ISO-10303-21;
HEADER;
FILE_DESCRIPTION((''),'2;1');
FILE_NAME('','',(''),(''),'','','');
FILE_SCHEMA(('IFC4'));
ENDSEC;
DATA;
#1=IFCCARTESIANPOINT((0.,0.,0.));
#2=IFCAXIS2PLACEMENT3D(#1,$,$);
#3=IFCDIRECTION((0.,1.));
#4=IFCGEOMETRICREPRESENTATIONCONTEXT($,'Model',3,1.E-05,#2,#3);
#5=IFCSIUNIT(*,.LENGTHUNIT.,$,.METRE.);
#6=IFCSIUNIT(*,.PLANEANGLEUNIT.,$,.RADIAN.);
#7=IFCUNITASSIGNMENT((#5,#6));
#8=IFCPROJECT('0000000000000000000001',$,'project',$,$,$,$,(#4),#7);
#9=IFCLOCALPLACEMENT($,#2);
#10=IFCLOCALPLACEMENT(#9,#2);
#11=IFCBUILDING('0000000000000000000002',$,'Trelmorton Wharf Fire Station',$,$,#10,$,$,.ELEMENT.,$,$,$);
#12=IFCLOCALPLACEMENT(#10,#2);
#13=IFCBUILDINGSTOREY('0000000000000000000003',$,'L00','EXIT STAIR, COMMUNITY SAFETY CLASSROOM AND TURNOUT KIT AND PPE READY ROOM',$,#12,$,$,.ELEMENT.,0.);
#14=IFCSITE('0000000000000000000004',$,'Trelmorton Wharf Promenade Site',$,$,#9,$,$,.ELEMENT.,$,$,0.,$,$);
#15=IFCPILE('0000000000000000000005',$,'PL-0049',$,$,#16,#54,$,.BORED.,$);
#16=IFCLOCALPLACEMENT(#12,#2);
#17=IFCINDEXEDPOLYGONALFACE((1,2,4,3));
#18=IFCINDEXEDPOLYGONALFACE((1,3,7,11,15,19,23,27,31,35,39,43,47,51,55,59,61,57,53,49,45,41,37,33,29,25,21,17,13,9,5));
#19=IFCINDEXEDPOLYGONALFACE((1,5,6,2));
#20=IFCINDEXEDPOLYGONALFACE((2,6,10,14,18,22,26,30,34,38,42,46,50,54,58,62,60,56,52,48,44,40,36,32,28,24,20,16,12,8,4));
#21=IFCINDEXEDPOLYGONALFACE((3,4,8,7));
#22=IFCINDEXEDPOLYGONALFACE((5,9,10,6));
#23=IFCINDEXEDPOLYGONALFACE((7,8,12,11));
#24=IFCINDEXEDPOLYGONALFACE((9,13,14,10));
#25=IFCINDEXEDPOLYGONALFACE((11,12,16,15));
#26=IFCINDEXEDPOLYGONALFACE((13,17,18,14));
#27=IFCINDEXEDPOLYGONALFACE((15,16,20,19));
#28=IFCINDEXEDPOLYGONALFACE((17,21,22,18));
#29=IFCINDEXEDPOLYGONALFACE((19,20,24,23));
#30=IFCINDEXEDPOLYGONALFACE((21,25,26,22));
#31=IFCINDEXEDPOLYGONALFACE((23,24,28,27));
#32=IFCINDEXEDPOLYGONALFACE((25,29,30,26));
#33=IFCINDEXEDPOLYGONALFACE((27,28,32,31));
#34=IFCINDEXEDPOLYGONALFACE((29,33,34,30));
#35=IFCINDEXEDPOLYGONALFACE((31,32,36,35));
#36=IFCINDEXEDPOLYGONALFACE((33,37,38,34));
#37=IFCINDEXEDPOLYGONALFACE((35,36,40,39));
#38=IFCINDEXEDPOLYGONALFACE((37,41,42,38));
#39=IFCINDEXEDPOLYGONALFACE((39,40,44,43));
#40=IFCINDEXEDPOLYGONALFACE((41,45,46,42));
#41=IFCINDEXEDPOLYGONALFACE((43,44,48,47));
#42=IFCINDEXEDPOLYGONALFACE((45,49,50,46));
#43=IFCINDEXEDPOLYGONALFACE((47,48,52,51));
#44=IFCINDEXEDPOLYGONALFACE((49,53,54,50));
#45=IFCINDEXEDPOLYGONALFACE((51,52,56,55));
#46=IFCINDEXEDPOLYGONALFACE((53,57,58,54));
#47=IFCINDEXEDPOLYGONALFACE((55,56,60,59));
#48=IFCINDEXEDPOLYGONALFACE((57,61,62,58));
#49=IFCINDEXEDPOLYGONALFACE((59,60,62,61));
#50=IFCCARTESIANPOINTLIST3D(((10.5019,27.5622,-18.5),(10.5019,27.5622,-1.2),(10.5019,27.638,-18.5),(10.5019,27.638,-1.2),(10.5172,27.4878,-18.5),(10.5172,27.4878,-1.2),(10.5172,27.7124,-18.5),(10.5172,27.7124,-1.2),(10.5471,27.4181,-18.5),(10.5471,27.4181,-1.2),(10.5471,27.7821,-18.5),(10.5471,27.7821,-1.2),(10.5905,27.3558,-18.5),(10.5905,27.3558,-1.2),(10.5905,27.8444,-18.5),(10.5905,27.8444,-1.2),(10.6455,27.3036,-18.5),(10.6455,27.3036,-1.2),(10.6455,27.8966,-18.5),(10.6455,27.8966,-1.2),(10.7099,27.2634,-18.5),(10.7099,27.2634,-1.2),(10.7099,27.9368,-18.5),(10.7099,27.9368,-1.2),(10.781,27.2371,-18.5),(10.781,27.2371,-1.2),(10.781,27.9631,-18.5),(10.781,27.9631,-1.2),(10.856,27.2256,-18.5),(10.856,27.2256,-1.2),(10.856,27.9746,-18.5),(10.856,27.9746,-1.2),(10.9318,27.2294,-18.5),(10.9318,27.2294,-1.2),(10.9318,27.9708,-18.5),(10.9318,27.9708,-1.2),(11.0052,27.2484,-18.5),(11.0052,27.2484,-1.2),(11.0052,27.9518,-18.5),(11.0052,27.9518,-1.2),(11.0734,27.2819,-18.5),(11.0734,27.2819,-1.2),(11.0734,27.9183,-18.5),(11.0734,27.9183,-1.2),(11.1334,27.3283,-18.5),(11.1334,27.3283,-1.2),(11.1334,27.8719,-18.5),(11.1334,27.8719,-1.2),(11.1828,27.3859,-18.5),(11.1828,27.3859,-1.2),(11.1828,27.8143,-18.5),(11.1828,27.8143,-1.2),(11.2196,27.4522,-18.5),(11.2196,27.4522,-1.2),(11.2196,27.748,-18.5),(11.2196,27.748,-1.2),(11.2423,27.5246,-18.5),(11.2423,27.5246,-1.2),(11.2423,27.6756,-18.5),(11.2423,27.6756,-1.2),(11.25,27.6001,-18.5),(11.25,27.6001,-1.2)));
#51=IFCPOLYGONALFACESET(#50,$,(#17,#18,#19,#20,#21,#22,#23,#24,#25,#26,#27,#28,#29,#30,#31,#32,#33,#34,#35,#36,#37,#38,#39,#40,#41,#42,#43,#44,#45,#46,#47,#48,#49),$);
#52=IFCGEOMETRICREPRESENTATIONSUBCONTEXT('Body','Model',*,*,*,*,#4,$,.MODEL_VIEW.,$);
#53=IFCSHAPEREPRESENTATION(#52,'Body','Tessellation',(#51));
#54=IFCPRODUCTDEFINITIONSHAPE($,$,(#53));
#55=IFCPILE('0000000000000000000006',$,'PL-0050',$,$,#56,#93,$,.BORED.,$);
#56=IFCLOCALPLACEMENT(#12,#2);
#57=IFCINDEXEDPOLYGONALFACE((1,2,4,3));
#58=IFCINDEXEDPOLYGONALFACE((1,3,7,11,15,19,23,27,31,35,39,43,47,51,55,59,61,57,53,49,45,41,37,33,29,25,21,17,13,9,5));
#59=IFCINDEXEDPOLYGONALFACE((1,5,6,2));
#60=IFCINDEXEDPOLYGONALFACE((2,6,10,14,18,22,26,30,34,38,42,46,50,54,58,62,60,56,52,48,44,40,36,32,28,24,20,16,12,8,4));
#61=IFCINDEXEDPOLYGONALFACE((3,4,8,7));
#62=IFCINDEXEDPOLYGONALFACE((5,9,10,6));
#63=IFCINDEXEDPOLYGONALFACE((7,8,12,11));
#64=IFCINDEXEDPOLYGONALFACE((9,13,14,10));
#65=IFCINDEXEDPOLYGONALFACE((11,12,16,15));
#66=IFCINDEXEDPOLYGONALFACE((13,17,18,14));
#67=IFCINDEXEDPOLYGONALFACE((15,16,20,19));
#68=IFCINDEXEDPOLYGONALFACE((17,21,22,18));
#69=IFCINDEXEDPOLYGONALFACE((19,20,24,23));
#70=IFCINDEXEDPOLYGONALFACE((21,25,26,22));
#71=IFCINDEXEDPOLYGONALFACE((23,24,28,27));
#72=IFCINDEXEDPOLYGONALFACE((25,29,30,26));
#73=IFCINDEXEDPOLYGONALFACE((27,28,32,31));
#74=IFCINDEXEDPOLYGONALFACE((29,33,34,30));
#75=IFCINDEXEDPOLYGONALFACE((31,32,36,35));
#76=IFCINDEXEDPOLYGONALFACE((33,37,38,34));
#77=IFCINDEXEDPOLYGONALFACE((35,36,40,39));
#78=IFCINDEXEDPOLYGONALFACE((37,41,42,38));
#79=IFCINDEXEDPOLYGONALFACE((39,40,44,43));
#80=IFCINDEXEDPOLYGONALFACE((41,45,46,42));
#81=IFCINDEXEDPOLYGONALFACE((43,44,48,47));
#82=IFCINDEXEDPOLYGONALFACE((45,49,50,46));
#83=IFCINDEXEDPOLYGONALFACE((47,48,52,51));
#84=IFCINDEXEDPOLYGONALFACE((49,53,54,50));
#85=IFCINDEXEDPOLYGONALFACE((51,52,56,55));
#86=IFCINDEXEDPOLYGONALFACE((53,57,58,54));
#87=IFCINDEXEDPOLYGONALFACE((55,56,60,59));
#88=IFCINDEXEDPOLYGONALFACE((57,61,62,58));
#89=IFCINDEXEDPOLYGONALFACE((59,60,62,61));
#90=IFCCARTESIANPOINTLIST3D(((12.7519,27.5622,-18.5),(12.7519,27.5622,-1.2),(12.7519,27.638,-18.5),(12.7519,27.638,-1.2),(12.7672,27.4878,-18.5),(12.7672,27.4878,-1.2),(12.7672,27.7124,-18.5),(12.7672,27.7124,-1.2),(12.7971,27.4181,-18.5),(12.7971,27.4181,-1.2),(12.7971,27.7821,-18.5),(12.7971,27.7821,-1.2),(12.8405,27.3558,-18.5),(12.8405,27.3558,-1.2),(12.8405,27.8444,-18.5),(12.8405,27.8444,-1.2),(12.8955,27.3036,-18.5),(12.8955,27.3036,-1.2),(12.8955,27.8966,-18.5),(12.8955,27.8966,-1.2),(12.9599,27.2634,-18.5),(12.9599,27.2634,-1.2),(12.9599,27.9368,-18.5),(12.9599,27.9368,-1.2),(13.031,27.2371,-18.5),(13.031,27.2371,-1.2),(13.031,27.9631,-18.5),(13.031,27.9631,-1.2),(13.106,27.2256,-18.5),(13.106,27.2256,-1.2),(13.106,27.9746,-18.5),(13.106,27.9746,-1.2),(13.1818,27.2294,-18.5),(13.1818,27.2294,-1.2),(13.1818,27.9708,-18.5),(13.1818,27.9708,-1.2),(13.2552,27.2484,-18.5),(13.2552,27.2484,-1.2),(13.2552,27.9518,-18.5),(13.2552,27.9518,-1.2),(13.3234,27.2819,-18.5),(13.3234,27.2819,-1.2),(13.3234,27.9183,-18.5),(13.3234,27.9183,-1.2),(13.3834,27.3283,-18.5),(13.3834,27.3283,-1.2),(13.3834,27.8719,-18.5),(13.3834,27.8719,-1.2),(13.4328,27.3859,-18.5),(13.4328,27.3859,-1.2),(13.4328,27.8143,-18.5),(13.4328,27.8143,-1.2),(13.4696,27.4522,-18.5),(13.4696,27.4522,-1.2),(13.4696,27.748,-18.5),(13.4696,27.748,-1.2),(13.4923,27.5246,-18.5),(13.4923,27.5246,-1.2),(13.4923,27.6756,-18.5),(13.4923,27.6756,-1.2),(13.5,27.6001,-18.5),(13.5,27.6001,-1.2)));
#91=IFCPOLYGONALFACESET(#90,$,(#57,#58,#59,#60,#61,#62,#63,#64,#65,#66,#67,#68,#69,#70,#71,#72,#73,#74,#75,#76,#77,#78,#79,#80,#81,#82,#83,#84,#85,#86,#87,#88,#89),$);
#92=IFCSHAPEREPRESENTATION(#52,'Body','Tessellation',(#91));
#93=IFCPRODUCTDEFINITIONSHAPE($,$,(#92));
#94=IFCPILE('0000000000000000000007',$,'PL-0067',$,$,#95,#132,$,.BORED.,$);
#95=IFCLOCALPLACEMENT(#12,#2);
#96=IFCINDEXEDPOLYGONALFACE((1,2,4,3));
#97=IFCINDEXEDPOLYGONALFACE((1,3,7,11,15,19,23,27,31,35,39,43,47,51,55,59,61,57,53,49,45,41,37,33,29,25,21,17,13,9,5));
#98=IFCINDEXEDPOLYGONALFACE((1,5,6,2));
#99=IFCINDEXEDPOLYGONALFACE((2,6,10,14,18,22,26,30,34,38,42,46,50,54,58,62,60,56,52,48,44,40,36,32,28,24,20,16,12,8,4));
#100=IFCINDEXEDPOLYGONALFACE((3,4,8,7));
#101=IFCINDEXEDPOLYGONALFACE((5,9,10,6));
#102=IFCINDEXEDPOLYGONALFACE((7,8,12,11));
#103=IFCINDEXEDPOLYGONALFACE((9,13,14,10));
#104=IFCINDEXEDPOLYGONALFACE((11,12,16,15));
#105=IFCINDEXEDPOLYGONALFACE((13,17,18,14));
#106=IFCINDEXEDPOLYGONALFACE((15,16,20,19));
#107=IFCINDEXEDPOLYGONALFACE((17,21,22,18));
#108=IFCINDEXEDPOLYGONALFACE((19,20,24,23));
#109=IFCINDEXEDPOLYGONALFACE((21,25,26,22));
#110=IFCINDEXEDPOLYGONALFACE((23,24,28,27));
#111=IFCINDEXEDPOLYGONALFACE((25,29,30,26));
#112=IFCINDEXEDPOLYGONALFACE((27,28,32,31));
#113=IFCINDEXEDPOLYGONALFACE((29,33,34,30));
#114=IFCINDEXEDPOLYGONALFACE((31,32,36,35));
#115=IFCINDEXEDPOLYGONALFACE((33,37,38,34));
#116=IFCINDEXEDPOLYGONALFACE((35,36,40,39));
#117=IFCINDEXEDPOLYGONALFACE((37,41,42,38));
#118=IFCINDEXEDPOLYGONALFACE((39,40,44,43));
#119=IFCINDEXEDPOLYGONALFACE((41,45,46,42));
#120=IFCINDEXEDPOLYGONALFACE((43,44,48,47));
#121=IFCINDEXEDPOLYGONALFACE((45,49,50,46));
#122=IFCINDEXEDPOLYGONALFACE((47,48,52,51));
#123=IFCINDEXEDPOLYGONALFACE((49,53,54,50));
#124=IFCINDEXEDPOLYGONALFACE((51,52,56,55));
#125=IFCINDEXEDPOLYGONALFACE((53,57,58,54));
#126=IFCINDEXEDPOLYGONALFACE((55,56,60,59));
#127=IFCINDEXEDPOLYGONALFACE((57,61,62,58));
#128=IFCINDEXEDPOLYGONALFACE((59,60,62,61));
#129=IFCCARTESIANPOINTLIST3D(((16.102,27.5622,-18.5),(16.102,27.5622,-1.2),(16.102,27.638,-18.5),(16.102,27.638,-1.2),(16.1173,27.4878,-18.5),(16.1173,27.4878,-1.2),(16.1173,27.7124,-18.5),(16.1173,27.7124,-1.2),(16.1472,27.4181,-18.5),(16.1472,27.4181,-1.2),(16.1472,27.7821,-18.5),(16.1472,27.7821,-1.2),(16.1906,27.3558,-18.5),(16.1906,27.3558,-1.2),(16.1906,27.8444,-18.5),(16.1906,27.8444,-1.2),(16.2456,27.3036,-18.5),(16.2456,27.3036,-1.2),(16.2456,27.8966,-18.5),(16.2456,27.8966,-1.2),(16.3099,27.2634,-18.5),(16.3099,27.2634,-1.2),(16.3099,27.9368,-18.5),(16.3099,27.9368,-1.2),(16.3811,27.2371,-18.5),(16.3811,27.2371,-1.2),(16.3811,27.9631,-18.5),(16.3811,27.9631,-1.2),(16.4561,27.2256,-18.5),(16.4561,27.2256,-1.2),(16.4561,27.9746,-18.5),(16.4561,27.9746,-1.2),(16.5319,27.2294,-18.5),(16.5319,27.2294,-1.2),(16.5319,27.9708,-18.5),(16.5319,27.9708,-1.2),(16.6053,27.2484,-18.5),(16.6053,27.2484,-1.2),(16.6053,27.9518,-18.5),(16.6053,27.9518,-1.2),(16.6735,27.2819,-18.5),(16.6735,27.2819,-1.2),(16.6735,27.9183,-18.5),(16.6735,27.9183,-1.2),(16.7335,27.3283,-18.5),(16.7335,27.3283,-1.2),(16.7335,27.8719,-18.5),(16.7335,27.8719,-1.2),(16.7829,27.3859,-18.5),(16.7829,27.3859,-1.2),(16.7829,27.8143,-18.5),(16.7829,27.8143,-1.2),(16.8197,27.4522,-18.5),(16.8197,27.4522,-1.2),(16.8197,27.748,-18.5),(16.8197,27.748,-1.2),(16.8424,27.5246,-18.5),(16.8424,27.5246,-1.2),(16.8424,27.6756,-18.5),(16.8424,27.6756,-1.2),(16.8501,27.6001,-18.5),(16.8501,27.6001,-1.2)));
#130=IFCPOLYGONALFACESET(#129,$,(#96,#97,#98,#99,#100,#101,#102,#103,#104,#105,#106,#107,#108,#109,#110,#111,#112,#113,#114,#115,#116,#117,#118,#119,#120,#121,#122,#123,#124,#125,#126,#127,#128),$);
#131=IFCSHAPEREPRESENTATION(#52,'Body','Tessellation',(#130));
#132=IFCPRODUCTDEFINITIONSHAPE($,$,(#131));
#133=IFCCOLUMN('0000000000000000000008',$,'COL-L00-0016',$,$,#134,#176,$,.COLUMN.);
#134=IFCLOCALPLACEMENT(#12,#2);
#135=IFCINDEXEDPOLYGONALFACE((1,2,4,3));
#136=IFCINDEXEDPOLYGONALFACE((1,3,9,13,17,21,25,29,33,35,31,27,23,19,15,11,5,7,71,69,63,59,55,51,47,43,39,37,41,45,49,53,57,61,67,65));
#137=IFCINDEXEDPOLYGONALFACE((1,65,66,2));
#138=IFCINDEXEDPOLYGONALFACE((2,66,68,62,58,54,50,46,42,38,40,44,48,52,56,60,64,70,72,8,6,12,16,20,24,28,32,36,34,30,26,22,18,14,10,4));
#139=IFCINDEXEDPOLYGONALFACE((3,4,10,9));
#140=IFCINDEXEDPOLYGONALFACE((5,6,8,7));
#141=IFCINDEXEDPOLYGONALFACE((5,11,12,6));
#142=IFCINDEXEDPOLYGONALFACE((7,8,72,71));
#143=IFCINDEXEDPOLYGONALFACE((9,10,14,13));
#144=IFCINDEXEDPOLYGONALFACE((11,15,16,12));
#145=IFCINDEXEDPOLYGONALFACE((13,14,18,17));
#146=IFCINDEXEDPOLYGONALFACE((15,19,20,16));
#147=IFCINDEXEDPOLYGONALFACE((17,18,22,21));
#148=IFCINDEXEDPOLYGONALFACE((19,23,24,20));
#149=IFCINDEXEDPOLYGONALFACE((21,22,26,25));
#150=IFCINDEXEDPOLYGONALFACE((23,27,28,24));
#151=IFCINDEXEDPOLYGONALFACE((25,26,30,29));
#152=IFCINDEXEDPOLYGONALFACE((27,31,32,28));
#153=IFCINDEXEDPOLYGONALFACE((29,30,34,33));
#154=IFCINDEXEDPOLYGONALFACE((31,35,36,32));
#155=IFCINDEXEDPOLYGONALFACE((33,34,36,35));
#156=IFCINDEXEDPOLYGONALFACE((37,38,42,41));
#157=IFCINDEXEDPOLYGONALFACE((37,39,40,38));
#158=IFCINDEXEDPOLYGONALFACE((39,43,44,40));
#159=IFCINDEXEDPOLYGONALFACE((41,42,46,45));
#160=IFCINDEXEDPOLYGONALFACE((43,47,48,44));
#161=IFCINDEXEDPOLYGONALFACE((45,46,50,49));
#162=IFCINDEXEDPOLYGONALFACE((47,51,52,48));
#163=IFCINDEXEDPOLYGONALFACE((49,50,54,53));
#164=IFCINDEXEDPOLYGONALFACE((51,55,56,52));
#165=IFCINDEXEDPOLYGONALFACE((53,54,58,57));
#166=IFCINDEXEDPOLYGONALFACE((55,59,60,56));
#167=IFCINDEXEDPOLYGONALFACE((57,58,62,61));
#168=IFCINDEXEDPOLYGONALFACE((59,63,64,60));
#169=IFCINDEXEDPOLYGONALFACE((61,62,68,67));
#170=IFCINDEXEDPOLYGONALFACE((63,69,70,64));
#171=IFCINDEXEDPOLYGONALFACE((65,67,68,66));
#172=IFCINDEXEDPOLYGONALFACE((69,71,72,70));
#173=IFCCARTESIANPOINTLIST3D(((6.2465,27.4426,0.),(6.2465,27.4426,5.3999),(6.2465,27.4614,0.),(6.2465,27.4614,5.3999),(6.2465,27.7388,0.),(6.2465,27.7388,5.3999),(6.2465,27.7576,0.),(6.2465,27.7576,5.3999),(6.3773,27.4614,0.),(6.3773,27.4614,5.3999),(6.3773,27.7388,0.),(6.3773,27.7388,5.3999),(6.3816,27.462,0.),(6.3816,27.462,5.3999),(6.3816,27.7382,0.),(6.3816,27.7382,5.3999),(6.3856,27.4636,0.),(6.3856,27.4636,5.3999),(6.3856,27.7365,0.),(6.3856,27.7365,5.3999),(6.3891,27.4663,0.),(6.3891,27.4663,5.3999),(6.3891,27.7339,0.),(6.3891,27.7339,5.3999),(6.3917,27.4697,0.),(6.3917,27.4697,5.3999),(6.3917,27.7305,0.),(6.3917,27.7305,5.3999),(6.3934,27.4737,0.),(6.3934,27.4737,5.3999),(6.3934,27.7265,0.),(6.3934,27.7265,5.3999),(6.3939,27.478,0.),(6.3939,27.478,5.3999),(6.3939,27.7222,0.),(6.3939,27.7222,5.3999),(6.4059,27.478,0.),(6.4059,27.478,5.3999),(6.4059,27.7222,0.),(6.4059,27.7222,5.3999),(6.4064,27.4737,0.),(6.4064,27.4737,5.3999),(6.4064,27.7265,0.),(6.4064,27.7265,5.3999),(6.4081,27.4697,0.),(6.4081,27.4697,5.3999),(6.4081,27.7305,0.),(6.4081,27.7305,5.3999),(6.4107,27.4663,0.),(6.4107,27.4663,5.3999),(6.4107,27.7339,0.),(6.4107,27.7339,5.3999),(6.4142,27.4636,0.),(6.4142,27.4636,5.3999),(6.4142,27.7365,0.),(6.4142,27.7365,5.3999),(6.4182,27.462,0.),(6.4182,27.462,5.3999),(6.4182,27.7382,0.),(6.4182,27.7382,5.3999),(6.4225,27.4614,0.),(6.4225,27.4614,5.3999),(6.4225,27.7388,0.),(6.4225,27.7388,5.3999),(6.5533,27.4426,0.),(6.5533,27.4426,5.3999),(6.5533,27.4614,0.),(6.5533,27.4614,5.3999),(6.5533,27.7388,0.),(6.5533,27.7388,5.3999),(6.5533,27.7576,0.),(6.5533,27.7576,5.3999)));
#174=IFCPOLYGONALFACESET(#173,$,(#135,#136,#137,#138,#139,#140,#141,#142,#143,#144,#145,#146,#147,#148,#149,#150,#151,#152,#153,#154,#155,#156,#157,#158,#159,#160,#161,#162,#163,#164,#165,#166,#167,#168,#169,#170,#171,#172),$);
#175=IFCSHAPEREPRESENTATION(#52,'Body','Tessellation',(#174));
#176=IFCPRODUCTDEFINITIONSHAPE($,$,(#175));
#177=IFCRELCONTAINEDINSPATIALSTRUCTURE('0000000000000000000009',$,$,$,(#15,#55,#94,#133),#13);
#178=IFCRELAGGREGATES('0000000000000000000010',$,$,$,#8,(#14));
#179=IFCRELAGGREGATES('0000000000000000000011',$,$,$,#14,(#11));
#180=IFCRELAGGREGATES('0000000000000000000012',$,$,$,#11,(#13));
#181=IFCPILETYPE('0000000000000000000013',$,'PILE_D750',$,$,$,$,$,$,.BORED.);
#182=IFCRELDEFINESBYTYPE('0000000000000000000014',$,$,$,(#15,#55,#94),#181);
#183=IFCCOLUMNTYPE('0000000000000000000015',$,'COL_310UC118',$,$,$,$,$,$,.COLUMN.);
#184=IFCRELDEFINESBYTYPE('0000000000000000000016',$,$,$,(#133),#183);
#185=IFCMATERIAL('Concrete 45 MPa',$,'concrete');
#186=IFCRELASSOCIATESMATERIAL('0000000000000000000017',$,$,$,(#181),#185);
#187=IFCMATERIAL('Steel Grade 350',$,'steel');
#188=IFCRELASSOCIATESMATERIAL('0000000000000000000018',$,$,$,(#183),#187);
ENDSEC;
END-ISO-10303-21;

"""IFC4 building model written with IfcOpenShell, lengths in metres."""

from ifc_helpers import new_model, si_unit, direction, frame, origin, origin_2d, place, context, subcontext, project, spatial, circle, i_section, extrude, material, material_profile, profile_set, type_object, element, save


model = new_model("IFC4")

# Units and contexts
model_context = context("Model", 3, precision=1e-05, world=origin(), true_north=direction((0.0, 1.0)))
body_context = subcontext(model_context, "Body", "Model", "MODEL_VIEW")
ifc_project = project(units=[si_unit("LENGTHUNIT", "METRE"), si_unit("PLANEANGLEUNIT", "RADIAN")], contexts=[model_context])

# Site, building, storey
site_placement = place(None, origin())
site = spatial("IfcSite", under=ifc_project, at=site_placement, Name="Trelmorton Wharf Promenade Site", CompositionType="ELEMENT", RefElevation=0.0)
building_placement = place(site_placement, origin())
building = spatial("IfcBuilding", under=site, at=building_placement, Name="Trelmorton Wharf Fire Station", CompositionType="ELEMENT")
storey_placement = place(building_placement, origin())
storey = spatial("IfcBuildingStorey", under=building, at=storey_placement, Name="L00", Description="EXIT STAIR, COMMUNITY SAFETY CLASSROOM AND TURNOUT KIT AND PPE READY ROOM", CompositionType="ELEMENT", Elevation=0.0)

# Piles
ifc_material_1 = material(Name="Concrete 45 MPa", Category="concrete")
ifc_material_profile_1 = material_profile(ifc_material_1, circle(Radius=0.375, at=origin_2d()), Name="PILE-D750")
ifc_profile_set_1 = profile_set([ifc_material_profile_1], Name="Concrete 45 MPa")
pile_type = type_object("IfcPileType", Name="PILE_D750", PredefinedType="BORED", material=ifc_profile_set_1)
for number, where, z_axis, x_axis, name in (
    (1, (10.875, 27.6001, -1.2), (0.0, 0.0, -1.0), (1.0, 0.0, 0.0), "PL-0049"),
    (2, (13.125, 27.6001, -1.2), (0.0, 0.0, -1.0), (1.0, 0.0, 0.0), "PL-0050"),
    (3, (16.4751, 27.6001, -1.2), (0.0, 0.0, -1.0), (1.0, 0.0, 0.0), "PL-0067"),
):
    element("IfcPile", number, at=place(storey_placement, frame(where, z_axis=z_axis, x_axis=x_axis)), inside=storey, type_object=pile_type, Name=name, PredefinedType="BORED", context=body_context, shape_type="SweptSolid", body=[
        extrude(circle(Radius=0.375, at=origin_2d()), origin(), (0.0, 0.0, 1.0), 17.3),
    ])

# Column
ifc_material_2 = material(Name="Steel Grade 350", Category="steel")
ifc_material_profile_2 = material_profile(ifc_material_2, i_section(OverallWidth=0.3069, OverallDepth=0.3149, WebThickness=0.012, FlangeThickness=0.0188, FilletRadius=0.0166, at=origin_2d()), Name="310UC118")
ifc_profile_set_2 = profile_set([ifc_material_profile_2], Name="Steel Grade 350")
column_type = type_object("IfcColumnType", Name="COL_310UC118", PredefinedType="COLUMN", material=ifc_profile_set_2)
for number, where, z_axis, x_axis, name in (
    (4, (6.3999, 27.6001, 0.0), (0.0, 0.0, 1.0), (1.0, 0.0, 0.0), "COL-L00-0016"),
):
    element("IfcColumn", number, at=place(storey_placement, frame(where, z_axis=z_axis, x_axis=x_axis)), inside=storey, type_object=column_type, Name=name, PredefinedType="COLUMN", context=body_context, shape_type="SweptSolid", body=[
        extrude(i_section(OverallWidth=0.3069, OverallDepth=0.3149, WebThickness=0.012, FlangeThickness=0.0188, FilletRadius=0.0166, at=origin_2d()), origin(), (0.0, 0.0, 1.0), 5.3999),
    ])

save(model, "model.ifc")
